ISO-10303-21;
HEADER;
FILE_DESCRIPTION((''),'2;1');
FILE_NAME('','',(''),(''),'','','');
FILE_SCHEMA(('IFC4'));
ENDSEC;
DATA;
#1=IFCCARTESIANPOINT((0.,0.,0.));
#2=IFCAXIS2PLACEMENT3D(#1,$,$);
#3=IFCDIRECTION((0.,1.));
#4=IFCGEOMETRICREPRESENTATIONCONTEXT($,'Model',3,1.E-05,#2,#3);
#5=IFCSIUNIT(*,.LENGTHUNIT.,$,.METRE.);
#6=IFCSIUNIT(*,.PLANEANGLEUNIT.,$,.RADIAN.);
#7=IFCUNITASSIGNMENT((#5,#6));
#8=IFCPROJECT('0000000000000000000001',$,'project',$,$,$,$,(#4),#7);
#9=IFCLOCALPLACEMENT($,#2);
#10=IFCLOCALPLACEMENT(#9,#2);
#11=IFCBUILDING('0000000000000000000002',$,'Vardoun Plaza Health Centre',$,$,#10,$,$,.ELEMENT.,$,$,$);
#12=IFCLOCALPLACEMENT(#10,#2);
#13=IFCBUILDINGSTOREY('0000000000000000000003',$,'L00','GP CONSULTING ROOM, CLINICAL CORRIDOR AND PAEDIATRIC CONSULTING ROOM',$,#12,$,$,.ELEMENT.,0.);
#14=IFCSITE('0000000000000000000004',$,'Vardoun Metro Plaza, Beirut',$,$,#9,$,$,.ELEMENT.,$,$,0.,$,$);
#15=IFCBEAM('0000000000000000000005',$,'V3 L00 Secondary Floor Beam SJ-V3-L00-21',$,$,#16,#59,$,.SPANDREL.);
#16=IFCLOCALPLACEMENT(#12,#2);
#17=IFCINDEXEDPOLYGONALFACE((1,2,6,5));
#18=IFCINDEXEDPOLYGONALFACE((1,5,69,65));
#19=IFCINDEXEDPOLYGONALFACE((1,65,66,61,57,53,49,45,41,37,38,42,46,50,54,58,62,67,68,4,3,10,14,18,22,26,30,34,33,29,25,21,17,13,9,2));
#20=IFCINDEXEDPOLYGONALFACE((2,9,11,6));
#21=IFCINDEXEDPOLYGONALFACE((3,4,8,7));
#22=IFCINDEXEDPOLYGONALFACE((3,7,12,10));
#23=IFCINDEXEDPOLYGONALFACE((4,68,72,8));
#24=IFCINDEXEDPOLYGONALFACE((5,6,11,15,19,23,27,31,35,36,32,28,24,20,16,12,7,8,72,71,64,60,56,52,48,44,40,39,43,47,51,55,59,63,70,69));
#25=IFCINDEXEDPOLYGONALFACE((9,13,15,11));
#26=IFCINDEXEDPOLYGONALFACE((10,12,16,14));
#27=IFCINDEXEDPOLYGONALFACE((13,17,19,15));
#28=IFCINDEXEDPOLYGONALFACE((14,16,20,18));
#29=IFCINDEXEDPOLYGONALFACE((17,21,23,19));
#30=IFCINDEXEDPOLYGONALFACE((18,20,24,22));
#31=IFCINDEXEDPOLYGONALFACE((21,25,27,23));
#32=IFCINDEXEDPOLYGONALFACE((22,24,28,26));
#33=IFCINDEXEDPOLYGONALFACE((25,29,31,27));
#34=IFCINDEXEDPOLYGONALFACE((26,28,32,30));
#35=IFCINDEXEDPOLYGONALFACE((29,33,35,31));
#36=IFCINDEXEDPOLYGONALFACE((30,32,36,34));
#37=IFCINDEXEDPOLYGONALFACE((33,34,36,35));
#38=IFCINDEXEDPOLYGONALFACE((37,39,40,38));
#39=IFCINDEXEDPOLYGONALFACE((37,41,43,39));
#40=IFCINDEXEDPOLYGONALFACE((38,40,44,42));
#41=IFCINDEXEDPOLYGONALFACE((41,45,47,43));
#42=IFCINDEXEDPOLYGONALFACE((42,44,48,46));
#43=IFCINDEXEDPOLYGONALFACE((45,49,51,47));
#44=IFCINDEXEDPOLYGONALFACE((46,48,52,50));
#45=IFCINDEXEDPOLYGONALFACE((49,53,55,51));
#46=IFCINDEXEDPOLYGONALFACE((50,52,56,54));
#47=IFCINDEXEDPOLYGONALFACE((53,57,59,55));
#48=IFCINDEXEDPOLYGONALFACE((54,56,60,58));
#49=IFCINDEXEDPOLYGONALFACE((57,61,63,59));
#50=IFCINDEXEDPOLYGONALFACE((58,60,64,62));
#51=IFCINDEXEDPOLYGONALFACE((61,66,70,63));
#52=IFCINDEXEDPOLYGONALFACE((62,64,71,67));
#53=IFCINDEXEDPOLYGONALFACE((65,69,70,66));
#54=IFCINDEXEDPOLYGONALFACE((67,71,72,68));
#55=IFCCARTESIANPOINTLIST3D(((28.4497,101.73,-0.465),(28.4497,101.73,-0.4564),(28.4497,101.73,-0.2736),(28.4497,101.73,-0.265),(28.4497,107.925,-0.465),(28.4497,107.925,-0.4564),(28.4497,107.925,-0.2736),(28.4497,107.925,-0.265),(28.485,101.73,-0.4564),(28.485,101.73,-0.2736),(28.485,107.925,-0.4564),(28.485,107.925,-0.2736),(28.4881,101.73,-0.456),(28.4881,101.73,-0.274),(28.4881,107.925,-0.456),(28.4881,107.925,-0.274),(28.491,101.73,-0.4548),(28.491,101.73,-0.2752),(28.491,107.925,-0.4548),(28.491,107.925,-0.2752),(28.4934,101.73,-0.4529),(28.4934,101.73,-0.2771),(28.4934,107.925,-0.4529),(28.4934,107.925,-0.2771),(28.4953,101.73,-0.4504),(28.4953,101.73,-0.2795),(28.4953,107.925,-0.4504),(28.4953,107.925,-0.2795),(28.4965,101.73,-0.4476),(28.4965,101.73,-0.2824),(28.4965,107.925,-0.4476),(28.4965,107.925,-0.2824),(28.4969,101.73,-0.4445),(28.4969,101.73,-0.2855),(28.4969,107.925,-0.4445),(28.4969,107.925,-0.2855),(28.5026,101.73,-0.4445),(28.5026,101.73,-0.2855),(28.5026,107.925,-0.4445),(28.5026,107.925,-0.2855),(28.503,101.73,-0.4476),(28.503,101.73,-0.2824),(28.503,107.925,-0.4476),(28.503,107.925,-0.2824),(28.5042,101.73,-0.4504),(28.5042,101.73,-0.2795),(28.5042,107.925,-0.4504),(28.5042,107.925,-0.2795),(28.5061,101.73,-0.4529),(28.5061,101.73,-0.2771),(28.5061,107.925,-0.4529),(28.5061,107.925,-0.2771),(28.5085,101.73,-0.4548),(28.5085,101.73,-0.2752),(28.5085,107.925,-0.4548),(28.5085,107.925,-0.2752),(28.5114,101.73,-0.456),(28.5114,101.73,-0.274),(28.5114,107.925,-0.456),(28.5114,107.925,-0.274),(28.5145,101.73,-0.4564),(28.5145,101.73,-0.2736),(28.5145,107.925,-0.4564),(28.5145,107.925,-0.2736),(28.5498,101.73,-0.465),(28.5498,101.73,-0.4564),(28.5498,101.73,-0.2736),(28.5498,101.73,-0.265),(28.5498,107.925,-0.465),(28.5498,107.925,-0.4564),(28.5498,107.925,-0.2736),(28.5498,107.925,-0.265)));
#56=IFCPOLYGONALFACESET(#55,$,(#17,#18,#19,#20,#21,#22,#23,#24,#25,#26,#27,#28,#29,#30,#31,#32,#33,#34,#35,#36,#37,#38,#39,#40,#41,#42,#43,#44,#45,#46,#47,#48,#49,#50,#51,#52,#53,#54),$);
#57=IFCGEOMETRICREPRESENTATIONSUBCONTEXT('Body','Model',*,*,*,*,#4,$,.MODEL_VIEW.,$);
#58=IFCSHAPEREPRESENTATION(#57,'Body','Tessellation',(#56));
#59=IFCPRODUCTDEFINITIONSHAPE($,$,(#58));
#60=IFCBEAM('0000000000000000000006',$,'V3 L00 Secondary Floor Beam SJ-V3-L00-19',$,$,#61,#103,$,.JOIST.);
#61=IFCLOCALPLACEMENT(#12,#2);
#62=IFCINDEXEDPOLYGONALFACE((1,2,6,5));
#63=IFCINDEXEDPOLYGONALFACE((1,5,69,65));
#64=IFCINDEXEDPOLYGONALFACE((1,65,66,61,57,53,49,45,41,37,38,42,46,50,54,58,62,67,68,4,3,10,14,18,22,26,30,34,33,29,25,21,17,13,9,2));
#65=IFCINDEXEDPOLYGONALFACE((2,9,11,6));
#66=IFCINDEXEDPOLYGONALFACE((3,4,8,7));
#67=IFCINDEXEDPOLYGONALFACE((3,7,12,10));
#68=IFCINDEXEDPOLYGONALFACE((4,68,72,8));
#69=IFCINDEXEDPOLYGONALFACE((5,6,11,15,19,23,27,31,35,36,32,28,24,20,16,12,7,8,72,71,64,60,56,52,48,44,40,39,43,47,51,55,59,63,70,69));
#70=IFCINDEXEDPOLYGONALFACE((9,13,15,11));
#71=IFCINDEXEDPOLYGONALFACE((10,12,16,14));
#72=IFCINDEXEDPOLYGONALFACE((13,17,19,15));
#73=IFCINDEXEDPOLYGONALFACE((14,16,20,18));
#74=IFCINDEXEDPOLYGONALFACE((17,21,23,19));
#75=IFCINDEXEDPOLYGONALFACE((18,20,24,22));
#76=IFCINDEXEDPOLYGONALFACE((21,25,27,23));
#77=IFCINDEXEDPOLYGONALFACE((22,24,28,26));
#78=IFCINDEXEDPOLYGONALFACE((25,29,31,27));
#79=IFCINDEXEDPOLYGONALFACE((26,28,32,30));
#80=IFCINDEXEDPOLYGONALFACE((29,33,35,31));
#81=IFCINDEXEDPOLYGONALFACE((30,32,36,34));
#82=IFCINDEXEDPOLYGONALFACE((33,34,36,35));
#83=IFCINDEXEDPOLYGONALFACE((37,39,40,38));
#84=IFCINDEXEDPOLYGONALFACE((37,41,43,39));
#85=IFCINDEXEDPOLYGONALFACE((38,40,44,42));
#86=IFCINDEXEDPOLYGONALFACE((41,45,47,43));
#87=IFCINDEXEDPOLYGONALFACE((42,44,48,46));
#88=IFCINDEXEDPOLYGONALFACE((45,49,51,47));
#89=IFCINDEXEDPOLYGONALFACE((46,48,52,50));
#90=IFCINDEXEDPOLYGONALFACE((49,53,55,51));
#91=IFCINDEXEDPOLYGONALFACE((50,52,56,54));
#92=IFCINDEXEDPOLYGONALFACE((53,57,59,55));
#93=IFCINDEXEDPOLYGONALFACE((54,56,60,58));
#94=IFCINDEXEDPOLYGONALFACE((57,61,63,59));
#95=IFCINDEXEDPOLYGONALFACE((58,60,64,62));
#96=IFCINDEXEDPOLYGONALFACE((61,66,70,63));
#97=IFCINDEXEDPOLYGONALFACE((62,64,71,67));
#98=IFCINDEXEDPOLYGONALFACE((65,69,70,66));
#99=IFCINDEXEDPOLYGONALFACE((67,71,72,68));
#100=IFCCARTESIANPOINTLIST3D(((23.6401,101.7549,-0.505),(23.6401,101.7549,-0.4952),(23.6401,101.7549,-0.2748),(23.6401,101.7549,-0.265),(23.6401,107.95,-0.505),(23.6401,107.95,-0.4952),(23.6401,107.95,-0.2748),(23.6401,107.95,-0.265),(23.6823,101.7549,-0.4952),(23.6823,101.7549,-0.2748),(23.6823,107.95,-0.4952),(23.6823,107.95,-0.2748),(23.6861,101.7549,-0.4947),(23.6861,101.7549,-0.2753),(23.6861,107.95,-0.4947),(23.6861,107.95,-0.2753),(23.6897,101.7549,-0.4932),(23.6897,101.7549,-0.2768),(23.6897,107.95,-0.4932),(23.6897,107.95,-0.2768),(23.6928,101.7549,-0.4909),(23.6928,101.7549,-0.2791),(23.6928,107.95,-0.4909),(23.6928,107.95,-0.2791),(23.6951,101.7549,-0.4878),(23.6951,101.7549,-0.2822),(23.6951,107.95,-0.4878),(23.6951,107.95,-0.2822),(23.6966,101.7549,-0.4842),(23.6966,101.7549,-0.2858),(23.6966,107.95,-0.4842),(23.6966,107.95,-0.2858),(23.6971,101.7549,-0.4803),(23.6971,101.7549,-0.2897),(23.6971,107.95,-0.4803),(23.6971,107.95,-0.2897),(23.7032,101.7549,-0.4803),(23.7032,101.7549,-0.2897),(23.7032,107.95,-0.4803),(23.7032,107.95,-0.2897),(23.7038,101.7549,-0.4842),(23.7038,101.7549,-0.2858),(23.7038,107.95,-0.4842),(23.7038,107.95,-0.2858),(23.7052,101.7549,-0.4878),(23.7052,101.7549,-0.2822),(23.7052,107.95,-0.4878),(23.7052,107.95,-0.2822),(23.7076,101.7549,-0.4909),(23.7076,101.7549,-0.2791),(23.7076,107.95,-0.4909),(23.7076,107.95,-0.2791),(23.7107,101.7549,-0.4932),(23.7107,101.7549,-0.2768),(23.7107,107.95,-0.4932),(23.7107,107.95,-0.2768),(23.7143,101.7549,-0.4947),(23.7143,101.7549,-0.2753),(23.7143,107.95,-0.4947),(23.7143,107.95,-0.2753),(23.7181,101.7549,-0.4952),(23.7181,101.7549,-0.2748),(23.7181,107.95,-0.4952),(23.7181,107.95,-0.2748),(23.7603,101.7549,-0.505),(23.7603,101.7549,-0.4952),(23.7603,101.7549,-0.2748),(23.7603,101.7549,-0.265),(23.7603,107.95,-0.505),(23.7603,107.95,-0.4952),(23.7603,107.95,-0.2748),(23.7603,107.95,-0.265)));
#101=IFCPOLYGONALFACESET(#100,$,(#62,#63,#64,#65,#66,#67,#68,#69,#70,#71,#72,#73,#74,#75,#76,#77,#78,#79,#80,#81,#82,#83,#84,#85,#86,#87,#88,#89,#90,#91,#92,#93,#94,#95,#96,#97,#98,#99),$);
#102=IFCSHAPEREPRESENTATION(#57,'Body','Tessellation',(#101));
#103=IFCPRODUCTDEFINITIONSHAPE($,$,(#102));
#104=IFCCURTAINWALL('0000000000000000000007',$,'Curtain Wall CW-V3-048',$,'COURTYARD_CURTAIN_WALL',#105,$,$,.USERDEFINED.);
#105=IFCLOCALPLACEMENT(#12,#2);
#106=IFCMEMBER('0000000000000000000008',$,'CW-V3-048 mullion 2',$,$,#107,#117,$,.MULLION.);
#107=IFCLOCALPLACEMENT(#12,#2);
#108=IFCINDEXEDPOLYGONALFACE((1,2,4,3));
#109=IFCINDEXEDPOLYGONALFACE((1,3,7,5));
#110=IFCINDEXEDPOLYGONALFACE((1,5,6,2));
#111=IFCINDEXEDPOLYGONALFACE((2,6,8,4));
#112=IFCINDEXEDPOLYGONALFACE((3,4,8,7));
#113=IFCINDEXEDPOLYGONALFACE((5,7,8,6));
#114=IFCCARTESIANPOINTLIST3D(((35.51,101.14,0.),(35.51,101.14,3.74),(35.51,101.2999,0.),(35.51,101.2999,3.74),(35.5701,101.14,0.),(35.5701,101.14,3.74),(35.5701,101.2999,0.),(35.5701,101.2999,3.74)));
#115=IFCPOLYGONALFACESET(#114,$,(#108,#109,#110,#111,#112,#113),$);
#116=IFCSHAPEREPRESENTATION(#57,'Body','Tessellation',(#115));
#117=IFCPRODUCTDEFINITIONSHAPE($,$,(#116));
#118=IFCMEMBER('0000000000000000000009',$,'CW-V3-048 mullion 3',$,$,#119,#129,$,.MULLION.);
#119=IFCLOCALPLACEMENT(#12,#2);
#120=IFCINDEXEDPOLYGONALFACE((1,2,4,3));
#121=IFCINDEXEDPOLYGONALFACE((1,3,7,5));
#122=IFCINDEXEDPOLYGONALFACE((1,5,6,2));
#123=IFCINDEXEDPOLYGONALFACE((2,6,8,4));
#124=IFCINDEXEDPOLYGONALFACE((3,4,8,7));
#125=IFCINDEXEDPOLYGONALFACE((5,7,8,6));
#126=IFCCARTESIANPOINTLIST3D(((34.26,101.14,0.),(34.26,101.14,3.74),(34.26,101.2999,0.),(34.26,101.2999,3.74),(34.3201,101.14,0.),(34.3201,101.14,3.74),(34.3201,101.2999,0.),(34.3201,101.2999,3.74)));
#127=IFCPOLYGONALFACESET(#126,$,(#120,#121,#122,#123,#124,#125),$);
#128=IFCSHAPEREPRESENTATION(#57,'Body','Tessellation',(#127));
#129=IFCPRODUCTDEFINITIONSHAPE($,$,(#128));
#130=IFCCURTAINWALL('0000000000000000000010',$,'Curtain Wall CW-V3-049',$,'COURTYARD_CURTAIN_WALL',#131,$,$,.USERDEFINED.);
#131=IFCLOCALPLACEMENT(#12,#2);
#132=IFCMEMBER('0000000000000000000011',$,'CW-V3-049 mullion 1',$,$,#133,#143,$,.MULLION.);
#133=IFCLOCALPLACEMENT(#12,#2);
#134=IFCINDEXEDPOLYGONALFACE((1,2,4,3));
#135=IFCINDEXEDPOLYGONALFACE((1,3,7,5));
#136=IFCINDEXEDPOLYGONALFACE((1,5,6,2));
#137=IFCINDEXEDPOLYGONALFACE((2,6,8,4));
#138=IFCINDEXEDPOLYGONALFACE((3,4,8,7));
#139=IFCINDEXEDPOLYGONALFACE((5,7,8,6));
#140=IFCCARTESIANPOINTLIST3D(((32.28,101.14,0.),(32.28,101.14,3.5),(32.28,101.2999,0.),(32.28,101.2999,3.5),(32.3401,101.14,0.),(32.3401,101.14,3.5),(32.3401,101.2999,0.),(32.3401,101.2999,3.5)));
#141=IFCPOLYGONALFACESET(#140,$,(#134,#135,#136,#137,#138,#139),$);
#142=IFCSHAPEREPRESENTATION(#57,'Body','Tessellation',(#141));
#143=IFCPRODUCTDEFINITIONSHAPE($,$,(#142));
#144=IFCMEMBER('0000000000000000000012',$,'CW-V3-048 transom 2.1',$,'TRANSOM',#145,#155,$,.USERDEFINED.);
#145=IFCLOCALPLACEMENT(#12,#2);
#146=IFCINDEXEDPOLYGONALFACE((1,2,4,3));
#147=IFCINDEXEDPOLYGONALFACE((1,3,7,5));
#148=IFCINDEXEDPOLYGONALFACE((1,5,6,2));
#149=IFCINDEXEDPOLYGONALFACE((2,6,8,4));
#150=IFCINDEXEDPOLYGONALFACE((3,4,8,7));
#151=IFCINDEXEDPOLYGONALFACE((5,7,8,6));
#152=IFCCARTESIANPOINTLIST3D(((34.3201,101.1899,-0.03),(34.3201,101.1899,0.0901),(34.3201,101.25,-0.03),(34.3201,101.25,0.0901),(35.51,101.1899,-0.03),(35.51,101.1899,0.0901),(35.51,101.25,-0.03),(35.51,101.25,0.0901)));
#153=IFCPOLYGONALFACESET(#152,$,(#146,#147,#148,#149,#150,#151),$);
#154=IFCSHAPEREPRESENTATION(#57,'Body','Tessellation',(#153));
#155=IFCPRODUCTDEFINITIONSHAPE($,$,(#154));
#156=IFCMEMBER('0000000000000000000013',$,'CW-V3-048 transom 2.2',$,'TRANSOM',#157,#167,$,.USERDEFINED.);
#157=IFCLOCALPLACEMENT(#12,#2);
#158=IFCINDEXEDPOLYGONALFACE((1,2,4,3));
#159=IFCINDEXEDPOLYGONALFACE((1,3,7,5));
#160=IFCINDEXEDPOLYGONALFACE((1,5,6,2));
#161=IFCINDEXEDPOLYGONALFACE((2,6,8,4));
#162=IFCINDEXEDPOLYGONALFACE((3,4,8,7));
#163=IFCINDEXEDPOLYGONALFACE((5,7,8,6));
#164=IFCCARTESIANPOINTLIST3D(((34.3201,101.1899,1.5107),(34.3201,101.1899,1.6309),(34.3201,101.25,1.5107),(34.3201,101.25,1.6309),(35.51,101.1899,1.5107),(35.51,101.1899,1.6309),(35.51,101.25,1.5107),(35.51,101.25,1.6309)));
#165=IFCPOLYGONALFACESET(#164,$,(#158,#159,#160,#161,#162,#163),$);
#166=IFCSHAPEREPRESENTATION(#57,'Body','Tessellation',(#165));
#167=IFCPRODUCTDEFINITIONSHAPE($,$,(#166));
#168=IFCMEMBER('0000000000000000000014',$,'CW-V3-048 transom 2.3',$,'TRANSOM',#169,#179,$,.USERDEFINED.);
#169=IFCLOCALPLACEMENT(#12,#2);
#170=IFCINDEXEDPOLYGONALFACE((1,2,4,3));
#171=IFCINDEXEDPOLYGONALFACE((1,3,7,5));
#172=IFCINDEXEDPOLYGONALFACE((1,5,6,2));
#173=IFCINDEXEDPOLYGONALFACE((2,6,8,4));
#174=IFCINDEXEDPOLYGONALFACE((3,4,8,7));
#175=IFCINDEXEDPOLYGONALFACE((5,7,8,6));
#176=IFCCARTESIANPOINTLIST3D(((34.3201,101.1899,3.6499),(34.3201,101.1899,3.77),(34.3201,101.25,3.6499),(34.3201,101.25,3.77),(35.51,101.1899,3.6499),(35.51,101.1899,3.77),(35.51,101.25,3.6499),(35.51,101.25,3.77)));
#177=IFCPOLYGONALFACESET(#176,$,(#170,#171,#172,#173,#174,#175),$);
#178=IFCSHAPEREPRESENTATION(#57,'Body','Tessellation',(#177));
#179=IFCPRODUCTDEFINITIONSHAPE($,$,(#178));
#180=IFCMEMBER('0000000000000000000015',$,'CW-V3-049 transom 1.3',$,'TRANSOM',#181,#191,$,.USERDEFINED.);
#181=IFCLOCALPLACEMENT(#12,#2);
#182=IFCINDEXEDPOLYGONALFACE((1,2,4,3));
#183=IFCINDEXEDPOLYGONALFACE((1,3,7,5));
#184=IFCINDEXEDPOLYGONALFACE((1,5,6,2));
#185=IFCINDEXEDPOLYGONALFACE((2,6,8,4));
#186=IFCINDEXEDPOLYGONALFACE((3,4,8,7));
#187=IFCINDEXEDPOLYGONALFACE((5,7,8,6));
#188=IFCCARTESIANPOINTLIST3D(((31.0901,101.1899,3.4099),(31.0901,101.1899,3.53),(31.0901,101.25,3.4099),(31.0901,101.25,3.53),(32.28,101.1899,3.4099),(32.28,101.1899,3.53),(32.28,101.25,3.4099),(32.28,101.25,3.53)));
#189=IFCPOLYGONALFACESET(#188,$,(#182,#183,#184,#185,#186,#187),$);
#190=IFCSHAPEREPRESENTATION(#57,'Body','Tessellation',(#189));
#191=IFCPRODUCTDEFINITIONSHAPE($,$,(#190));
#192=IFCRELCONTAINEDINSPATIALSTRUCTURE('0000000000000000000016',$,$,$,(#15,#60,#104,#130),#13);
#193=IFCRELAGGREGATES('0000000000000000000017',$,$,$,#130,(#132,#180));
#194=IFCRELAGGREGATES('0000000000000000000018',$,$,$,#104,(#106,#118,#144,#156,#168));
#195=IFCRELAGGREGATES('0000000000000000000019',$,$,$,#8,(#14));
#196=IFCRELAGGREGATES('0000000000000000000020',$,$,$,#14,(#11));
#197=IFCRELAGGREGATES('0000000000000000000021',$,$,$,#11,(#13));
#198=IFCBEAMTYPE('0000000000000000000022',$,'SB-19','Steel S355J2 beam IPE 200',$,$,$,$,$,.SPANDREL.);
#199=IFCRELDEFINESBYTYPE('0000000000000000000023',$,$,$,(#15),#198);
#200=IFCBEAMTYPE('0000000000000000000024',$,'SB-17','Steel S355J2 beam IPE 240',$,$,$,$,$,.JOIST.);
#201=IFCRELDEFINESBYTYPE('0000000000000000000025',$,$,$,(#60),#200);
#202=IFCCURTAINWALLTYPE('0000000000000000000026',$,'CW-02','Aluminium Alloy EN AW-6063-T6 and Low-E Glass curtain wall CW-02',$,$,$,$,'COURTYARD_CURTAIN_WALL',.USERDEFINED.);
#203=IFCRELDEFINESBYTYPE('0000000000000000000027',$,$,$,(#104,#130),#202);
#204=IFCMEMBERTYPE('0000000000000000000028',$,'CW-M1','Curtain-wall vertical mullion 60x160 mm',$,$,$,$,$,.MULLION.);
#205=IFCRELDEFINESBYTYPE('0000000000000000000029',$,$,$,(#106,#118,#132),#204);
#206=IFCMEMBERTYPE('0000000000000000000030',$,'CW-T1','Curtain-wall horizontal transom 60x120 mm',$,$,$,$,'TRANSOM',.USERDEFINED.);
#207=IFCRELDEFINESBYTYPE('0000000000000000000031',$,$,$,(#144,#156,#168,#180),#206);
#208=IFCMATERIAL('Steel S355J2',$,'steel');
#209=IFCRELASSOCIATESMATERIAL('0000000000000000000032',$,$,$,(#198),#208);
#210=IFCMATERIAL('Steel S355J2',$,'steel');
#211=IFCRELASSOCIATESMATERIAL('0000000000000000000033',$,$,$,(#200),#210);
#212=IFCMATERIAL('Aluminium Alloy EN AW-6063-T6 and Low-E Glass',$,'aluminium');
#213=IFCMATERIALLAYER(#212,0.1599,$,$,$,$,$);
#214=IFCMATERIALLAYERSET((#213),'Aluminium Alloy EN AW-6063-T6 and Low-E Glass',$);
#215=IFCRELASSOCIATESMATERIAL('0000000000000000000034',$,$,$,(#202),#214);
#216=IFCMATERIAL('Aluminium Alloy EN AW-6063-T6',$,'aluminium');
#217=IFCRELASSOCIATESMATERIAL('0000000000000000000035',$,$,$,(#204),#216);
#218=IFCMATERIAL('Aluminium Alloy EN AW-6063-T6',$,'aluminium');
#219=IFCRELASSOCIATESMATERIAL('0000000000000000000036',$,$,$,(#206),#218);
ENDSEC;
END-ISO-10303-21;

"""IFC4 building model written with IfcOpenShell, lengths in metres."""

from ifc_helpers import new_model, si_unit, direction, frame, origin, origin_2d, place, context, subcontext, project, spatial, rectangle, i_section, extrude, material, layer, layer_set, material_profile, profile_set, type_object, element, aggregate, save


model = new_model("IFC4")

# Units and contexts
model_context = context("Model", 3, precision=1e-05, world=origin(), true_north=direction((0.0, 1.0)))
body_context = subcontext(model_context, "Body", "Model", "MODEL_VIEW")
ifc_project = project(units=[si_unit("LENGTHUNIT", "METRE"), si_unit("PLANEANGLEUNIT", "RADIAN")], contexts=[model_context])

# Site, building, storey
site_placement = place(None, origin())
site = spatial("IfcSite", under=ifc_project, at=site_placement, Name="Vardoun Metro Plaza, Beirut", CompositionType="ELEMENT", RefElevation=0.0)
building_placement = place(site_placement, origin())
building = spatial("IfcBuilding", under=site, at=building_placement, Name="Vardoun Plaza Health Centre", CompositionType="ELEMENT")
storey_placement = place(building_placement, origin())
storey = spatial("IfcBuildingStorey", under=building, at=storey_placement, Name="L00", Description="GP CONSULTING ROOM, CLINICAL CORRIDOR AND PAEDIATRIC CONSULTING ROOM", CompositionType="ELEMENT", Elevation=0.0)

# Beams
ifc_material_1 = material(Name="Steel S355J2", Category="steel")
ifc_material_profile_1 = material_profile(ifc_material_1, i_section(OverallWidth=0.1001, OverallDepth=0.2, WebThickness=0.0056, FlangeThickness=0.0085, FilletRadius=0.012, at=origin_2d()), Name="IPE 200")
ifc_profile_set_1 = profile_set([ifc_material_profile_1], Name="Steel S355J2")
beam_type_1 = type_object("IfcBeamType", Name="SB-19", Description="Steel S355J2 beam IPE 200", PredefinedType="SPANDREL", material=ifc_profile_set_1)
beam_1_placement = place(storey_placement, frame((28.4998, 101.73, -0.365), z_axis=(0.0, 1.0, 0.0), x_axis=(-1.0, 0.0, 0.0)))
element("IfcBeam", 1, at=beam_1_placement, inside=storey, type_object=beam_type_1, Name="V3 L00 Secondary Floor Beam SJ-V3-L00-21", PredefinedType="SPANDREL", context=body_context, shape_type="SweptSolid", body=[
    extrude(i_section(OverallWidth=0.1001, OverallDepth=0.2, WebThickness=0.0056, FlangeThickness=0.0085, FilletRadius=0.012, at=origin_2d()), origin(), (0.0, 0.0, 1.0), 6.1951),
])
ifc_material_2 = material(Name="Steel S355J2", Category="steel")
ifc_material_profile_2 = material_profile(ifc_material_2, i_section(OverallWidth=0.1201, OverallDepth=0.24, WebThickness=0.0061, FlangeThickness=0.0098, FilletRadius=0.0149, at=origin_2d()), Name="IPE 240")
ifc_profile_set_2 = profile_set([ifc_material_profile_2], Name="Steel S355J2")
beam_type_2 = type_object("IfcBeamType", Name="SB-17", Description="Steel S355J2 beam IPE 240", PredefinedType="JOIST", material=ifc_profile_set_2)
beam_2_placement = place(storey_placement, frame((23.7002, 101.7549, -0.385), z_axis=(0.0, 1.0, 0.0), x_axis=(-1.0, 0.0, 0.0)))
element("IfcBeam", 2, at=beam_2_placement, inside=storey, type_object=beam_type_2, Name="V3 L00 Secondary Floor Beam SJ-V3-L00-19", PredefinedType="JOIST", context=body_context, shape_type="SweptSolid", body=[
    extrude(i_section(OverallWidth=0.1201, OverallDepth=0.24, WebThickness=0.0061, FlangeThickness=0.0098, FilletRadius=0.0149, at=origin_2d()), origin(), (0.0, 0.0, 1.0), 6.1951),
])

# Curtain wall, members
ifc_material_3 = material(Name="Aluminium Alloy EN AW-6063-T6 and Low-E Glass", Category="aluminium")
ifc_layer_1 = layer(ifc_material_3, 0.1599)
ifc_layer_set_1 = layer_set([ifc_layer_1], Name="Aluminium Alloy EN AW-6063-T6 and Low-E Glass")
curtain_wall_type = type_object("IfcCurtainWallType", Name="CW-02", Description="Aluminium Alloy EN AW-6063-T6 and Low-E Glass curtain wall CW-02", ElementType="COURTYARD_CURTAIN_WALL", PredefinedType="USERDEFINED", material=ifc_layer_set_1)
curtain_wall_1_placement = place(storey_placement, origin())
curtain_wall_1 = element("IfcCurtainWall", 3, at=curtain_wall_1_placement, inside=storey, type_object=curtain_wall_type, Name="Curtain Wall CW-V3-048", ObjectType="COURTYARD_CURTAIN_WALL", PredefinedType="USERDEFINED")
ifc_material_4 = material(Name="Aluminium Alloy EN AW-6063-T6", Category="aluminium")
ifc_material_profile_3 = material_profile(ifc_material_4, rectangle(XDim=0.1599, YDim=0.0601, at=origin_2d()), Name="CWM 60x160")
ifc_profile_set_3 = profile_set([ifc_material_profile_3], Name="Aluminium Alloy EN AW-6063-T6")
member_type_1 = type_object("IfcMemberType", Name="CW-M1", Description="Curtain-wall vertical mullion 60x160 mm", PredefinedType="MULLION", material=ifc_profile_set_3)
member_1_placement = place(storey_placement, frame((35.54, 101.22, 0.0), z_axis=(0.0, 0.0, 1.0), x_axis=(0.0, -1.0, 0.0)))
member_1 = element("IfcMember", 4, at=member_1_placement, type_object=member_type_1, Name="CW-V3-048 mullion 2", PredefinedType="MULLION", context=body_context, shape_type="SweptSolid", body=[
    extrude(rectangle(XDim=0.1599, YDim=0.0601, at=origin_2d()), origin(), (0.0, 0.0, 1.0), 3.74),
])
member_2_placement = place(storey_placement, frame((34.29, 101.22, 0.0), z_axis=(0.0, 0.0, 1.0), x_axis=(0.0, -1.0, 0.0)))
member_2 = element("IfcMember", 5, at=member_2_placement, type_object=member_type_1, Name="CW-V3-048 mullion 3", PredefinedType="MULLION", context=body_context, shape_type="SweptSolid", body=[
    extrude(rectangle(XDim=0.1599, YDim=0.0601, at=origin_2d()), origin(), (0.0, 0.0, 1.0), 3.74),
])

# Curtain wall, member
curtain_wall_2_placement = place(storey_placement, origin())
curtain_wall_2 = element("IfcCurtainWall", 6, at=curtain_wall_2_placement, inside=storey, type_object=curtain_wall_type, Name="Curtain Wall CW-V3-049", ObjectType="COURTYARD_CURTAIN_WALL", PredefinedType="USERDEFINED")
member_3_placement = place(storey_placement, frame((32.3101, 101.22, 0.0), z_axis=(0.0, 0.0, 1.0), x_axis=(0.0, -1.0, 0.0)))
member_3 = element("IfcMember", 7, at=member_3_placement, type_object=member_type_1, Name="CW-V3-049 mullion 1", PredefinedType="MULLION", context=body_context, shape_type="SweptSolid", body=[
    extrude(rectangle(XDim=0.1599, YDim=0.0601, at=origin_2d()), origin(), (0.0, 0.0, 1.0), 3.5),
])

# Members
ifc_material_5 = material(Name="Aluminium Alloy EN AW-6063-T6", Category="aluminium")
ifc_material_profile_4 = material_profile(ifc_material_5, rectangle(XDim=0.0601, YDim=0.1201, at=origin_2d()), Name="CWT 60x120")
ifc_profile_set_4 = profile_set([ifc_material_profile_4], Name="Aluminium Alloy EN AW-6063-T6")
member_type_2 = type_object("IfcMemberType", Name="CW-T1", Description="Curtain-wall horizontal transom 60x120 mm", ElementType="TRANSOM", PredefinedType="USERDEFINED", material=ifc_profile_set_4)
member_4_placement = place(storey_placement, frame((35.51, 101.22, 0.03), z_axis=(-1.0, 0.0, 0.0), x_axis=(0.0, -1.0, 0.0)))
member_4 = element("IfcMember", 8, at=member_4_placement, type_object=member_type_2, Name="CW-V3-048 transom 2.1", ObjectType="TRANSOM", PredefinedType="USERDEFINED", context=body_context, shape_type="SweptSolid", body=[
    extrude(rectangle(XDim=0.0601, YDim=0.1201, at=origin_2d()), origin(), (0.0, 0.0, 1.0), 1.1899),
])
member_5_placement = place(storey_placement, frame((35.51, 101.22, 1.5708), z_axis=(-1.0, 0.0, 0.0), x_axis=(0.0, -1.0, 0.0)))
member_5 = element("IfcMember", 9, at=member_5_placement, type_object=member_type_2, Name="CW-V3-048 transom 2.2", ObjectType="TRANSOM", PredefinedType="USERDEFINED", context=body_context, shape_type="SweptSolid", body=[
    extrude(rectangle(XDim=0.0601, YDim=0.1201, at=origin_2d()), origin(), (0.0, 0.0, 1.0), 1.1899),
])
member_6_placement = place(storey_placement, frame((35.51, 101.22, 3.71), z_axis=(-1.0, 0.0, 0.0), x_axis=(0.0, -1.0, 0.0)))
member_6 = element("IfcMember", 10, at=member_6_placement, type_object=member_type_2, Name="CW-V3-048 transom 2.3", ObjectType="TRANSOM", PredefinedType="USERDEFINED", context=body_context, shape_type="SweptSolid", body=[
    extrude(rectangle(XDim=0.0601, YDim=0.1201, at=origin_2d()), origin(), (0.0, 0.0, 1.0), 1.1899),
])
member_7_placement = place(storey_placement, frame((32.28, 101.22, 3.47), z_axis=(-1.0, 0.0, 0.0), x_axis=(0.0, -1.0, 0.0)))
member_7 = element("IfcMember", 11, at=member_7_placement, type_object=member_type_2, Name="CW-V3-049 transom 1.3", ObjectType="TRANSOM", PredefinedType="USERDEFINED", context=body_context, shape_type="SweptSolid", body=[
    extrude(rectangle(XDim=0.0601, YDim=0.1201, at=origin_2d()), origin(), (0.0, 0.0, 1.0), 1.1899),
])
aggregate(curtain_wall_2, [member_3, member_7])

aggregate(curtain_wall_1, [member_1, member_2, member_4, member_5, member_6])

save(model, "model.ifc")
